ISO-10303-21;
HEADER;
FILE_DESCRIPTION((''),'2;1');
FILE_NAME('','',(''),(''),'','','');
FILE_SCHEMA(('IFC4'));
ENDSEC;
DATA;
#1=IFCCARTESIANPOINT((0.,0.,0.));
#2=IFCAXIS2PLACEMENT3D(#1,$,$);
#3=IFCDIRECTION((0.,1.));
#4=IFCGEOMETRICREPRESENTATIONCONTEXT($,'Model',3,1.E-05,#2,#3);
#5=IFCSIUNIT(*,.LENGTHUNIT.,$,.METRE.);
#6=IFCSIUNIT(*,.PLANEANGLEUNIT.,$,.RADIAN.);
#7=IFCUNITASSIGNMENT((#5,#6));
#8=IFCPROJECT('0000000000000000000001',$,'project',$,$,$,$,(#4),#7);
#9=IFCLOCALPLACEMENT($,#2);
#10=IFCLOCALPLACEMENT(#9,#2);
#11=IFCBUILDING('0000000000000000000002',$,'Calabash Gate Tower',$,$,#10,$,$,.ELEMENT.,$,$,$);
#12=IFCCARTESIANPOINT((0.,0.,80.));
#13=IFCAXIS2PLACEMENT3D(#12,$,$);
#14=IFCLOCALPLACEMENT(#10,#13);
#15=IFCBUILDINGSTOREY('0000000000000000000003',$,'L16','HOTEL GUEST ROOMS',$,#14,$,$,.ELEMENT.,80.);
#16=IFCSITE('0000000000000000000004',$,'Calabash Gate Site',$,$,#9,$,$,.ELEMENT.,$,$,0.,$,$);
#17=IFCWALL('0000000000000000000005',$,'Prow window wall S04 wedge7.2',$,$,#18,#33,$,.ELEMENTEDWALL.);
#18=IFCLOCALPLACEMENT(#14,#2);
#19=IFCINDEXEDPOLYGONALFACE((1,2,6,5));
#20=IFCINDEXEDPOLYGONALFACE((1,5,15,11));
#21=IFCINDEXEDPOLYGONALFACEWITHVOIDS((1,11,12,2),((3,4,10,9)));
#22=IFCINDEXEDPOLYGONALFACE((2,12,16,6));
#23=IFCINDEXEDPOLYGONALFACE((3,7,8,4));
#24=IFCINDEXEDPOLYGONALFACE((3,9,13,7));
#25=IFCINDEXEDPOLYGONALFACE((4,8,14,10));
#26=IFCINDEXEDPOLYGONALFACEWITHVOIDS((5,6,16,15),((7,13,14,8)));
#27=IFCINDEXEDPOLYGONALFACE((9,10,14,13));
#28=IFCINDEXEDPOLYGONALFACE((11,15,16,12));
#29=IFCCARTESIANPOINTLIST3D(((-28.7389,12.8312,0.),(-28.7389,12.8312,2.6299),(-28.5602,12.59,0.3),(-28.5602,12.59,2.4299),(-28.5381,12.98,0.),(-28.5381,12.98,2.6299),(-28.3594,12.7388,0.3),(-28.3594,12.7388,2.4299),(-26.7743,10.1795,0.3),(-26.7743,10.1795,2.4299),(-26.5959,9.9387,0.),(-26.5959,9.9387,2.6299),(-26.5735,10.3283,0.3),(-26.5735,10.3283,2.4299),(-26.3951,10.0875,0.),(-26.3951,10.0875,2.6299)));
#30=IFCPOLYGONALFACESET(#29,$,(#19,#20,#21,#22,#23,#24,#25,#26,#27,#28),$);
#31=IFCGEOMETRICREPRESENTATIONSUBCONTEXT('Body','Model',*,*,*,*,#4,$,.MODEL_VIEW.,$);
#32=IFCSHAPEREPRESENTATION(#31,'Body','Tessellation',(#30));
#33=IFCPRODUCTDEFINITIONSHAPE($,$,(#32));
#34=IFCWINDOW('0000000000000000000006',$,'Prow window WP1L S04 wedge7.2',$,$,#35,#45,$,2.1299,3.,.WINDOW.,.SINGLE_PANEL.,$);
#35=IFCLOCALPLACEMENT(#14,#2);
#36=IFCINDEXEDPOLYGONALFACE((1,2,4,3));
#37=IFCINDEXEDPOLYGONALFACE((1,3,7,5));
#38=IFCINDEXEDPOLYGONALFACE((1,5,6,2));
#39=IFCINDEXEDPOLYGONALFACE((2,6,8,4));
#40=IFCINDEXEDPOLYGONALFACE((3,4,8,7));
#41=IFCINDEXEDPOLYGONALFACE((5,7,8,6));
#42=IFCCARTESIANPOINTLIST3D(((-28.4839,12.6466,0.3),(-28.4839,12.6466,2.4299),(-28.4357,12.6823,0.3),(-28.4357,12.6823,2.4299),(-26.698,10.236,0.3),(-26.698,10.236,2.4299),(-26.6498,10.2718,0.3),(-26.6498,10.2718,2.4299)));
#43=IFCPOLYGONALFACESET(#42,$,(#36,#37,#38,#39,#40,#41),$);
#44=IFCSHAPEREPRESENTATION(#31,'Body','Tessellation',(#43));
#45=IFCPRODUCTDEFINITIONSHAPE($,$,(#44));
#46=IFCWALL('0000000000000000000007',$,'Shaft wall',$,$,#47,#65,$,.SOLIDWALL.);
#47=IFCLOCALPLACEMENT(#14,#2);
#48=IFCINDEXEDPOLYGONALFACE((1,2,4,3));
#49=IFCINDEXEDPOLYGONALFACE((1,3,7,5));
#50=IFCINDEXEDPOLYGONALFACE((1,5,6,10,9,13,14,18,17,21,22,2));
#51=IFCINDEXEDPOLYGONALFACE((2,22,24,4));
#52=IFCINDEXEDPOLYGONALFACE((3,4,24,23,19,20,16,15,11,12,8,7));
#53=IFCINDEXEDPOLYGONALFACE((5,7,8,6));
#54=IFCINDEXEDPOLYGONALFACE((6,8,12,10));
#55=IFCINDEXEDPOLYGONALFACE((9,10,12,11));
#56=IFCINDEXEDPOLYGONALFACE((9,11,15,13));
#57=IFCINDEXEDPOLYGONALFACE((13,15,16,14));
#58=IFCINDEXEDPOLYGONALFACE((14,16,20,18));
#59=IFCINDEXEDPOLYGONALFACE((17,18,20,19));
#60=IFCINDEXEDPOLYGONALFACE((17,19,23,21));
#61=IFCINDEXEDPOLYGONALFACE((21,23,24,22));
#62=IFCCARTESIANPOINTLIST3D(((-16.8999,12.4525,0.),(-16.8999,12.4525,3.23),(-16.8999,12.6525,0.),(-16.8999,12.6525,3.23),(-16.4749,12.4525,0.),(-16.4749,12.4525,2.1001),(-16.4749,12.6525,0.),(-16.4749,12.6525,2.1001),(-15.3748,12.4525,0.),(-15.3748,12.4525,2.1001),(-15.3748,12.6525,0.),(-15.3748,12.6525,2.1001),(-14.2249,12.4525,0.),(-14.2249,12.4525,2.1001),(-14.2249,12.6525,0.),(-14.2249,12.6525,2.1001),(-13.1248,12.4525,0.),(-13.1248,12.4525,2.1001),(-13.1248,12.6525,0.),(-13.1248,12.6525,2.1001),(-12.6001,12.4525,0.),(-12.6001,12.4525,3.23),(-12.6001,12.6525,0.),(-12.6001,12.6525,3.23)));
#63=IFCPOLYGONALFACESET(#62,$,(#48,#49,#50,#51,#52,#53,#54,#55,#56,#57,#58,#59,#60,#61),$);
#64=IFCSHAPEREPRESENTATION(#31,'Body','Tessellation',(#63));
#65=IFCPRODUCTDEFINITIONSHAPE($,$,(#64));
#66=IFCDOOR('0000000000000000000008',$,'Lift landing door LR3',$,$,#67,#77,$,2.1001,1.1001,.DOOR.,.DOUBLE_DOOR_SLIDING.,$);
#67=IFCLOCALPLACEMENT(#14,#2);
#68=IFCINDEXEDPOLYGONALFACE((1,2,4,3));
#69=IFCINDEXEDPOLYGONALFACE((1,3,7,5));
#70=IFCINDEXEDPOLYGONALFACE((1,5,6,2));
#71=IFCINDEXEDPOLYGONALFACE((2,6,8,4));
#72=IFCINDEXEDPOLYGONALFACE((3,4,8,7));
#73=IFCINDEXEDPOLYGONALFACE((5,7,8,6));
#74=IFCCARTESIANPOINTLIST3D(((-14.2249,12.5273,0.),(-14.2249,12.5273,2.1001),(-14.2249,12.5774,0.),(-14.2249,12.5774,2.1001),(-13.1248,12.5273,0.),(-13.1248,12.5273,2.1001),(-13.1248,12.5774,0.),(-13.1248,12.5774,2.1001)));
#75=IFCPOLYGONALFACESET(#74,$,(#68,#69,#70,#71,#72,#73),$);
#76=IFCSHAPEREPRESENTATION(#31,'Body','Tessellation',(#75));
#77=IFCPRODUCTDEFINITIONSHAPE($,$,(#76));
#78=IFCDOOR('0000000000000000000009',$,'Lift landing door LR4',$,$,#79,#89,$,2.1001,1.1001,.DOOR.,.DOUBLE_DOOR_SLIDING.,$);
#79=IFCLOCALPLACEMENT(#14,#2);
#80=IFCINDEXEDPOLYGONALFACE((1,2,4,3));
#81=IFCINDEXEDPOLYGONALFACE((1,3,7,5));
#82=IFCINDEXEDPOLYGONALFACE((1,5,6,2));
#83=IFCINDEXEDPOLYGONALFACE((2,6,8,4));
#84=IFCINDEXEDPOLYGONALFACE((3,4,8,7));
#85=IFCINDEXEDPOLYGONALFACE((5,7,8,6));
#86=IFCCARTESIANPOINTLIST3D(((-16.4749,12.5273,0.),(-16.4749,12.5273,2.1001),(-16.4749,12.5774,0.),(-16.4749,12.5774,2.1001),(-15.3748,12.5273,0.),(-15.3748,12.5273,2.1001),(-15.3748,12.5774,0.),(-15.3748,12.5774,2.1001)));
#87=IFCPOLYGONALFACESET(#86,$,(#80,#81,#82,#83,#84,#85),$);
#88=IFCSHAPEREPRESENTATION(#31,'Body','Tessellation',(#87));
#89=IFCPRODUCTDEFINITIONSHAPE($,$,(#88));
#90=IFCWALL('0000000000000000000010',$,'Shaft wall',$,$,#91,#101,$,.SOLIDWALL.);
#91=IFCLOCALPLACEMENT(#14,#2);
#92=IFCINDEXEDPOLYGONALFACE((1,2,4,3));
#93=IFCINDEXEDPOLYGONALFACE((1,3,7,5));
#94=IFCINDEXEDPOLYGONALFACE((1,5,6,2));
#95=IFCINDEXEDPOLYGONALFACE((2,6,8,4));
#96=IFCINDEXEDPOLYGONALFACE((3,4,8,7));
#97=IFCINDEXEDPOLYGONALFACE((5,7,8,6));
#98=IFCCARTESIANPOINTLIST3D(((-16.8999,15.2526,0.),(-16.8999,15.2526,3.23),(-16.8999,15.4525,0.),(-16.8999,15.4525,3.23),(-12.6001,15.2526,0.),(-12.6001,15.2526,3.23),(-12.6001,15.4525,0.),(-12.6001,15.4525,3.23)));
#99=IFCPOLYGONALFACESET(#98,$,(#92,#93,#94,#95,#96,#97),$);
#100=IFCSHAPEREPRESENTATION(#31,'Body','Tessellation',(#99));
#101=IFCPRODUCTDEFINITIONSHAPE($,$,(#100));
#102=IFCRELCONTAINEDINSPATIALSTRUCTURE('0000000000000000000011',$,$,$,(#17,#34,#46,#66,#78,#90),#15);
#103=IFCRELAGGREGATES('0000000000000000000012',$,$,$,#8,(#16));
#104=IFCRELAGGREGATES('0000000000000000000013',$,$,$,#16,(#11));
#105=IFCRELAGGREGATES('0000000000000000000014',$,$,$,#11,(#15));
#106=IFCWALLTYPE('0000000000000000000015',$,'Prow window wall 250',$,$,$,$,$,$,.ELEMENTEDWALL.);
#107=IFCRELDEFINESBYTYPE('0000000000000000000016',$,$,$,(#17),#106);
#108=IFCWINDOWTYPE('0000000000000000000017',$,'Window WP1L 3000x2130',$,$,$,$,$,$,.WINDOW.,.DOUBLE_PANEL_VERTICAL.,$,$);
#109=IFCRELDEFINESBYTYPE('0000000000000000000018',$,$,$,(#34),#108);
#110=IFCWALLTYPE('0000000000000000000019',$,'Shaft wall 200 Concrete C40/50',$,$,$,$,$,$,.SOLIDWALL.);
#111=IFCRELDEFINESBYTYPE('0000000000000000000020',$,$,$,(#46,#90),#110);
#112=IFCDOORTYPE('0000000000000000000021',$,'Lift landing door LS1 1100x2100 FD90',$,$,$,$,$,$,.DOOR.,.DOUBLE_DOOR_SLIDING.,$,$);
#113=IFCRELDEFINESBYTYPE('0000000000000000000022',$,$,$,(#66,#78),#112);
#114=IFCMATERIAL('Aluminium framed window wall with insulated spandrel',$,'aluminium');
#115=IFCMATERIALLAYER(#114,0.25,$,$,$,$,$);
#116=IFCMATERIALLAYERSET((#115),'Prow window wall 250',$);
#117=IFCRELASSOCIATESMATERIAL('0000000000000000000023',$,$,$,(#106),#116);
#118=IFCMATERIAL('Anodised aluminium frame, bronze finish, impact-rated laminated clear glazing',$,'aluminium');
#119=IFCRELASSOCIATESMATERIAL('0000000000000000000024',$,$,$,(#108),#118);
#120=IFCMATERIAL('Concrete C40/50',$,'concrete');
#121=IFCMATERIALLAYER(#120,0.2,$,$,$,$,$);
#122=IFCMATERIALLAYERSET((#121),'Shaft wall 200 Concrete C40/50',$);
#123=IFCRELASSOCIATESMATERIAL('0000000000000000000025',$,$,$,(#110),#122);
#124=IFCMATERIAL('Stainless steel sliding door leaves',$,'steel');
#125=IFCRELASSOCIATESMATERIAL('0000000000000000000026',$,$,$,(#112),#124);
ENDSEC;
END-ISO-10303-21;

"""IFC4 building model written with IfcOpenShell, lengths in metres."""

from ifc_helpers import new_model, si_unit, direction, frame, frame_2d, origin, place, context, subcontext, project, spatial, rectangle, extrude, material, layer, layer_set, type_object, element, fill, save


model = new_model("IFC4")

# Units and contexts
model_context = context("Model", 3, precision=1e-05, world=origin(), true_north=direction((0.0, 1.0)))
body_context = subcontext(model_context, "Body", "Model", "MODEL_VIEW")
ifc_project = project(units=[si_unit("LENGTHUNIT", "METRE"), si_unit("PLANEANGLEUNIT", "RADIAN")], contexts=[model_context])

# Site, building, storey
site_placement = place(None, origin())
site = spatial("IfcSite", under=ifc_project, at=site_placement, Name="Calabash Gate Site", CompositionType="ELEMENT", RefElevation=0.0)
building_placement = place(site_placement, origin())
building = spatial("IfcBuilding", under=site, at=building_placement, Name="Calabash Gate Tower", CompositionType="ELEMENT")
storey_placement = place(building_placement, frame((0.0, 0.0, 80.0)))
storey = spatial("IfcBuildingStorey", under=building, at=storey_placement, Name="L16", Description="HOTEL GUEST ROOMS", CompositionType="ELEMENT", Elevation=80.0)

# Wall, opening, window
ifc_material_1 = material(Name="Aluminium framed window wall with insulated spandrel", Category="aluminium")
ifc_layer_1 = layer(ifc_material_1, 0.25)
ifc_layer_set_1 = layer_set([ifc_layer_1], Name="Prow window wall 250")
wall_type_1 = type_object("IfcWallType", Name="Prow window wall 250", PredefinedType="ELEMENTEDWALL", material=ifc_layer_set_1)
ifc_material_2 = material(Name="Anodised aluminium frame, bronze finish, impact-rated laminated clear glazing", Category="aluminium")
window_type = type_object("IfcWindowType", Name="Window WP1L 3000x2130", PartitioningType="DOUBLE_PANEL_VERTICAL", PredefinedType="WINDOW", material=ifc_material_2)
wall_1_placement = place(storey_placement, frame((-28.6384, 12.9055, 0.0), z_axis=(0.0, 0.0, 1.0), x_axis=(0.595302, -0.803502, 0.0)))
wall_1 = element("IfcWall", 1, at=wall_1_placement, inside=storey, type_object=wall_type_1, Name="Prow window wall S04 wedge7.2", PredefinedType="ELEMENTEDWALL", context=body_context, shape_type="SweptSolid", body=[
    extrude(rectangle(XDim=3.5999, YDim=0.25, at=frame_2d((1.7998, 0.0))), origin(), (0.0, 0.0, 1.0), 2.6299),
])
opening_1_placement = place(wall_1_placement, frame((0.3, 0.0, 0.3)))
opening_1 = element("IfcOpeningElement", 2, at=opening_1_placement, cuts=wall_1, PredefinedType="OPENING", context=body_context, shape_type="SweptSolid", body=[
    extrude(rectangle(XDim=3.0, YDim=2.1299, at=frame_2d((1.5, 1.0649))), frame((0.0, 0.135, 0.0), z_axis=(0.0, -1.0, 0.0), x_axis=(1.0, 0.0, 0.0)), (0.0, 0.0, 1.0), 0.27),
])
window_1_placement = place(opening_1_placement, origin())
window_1 = element("IfcWindow", 3, at=window_1_placement, inside=storey, type_object=window_type, Name="Prow window WP1L S04 wedge7.2", OverallHeight=2.1299, OverallWidth=3.0, PartitioningType="SINGLE_PANEL", PredefinedType="WINDOW", context=body_context, shape_type="SweptSolid", body=[
    extrude(rectangle(XDim=3.0, YDim=2.1299, at=frame_2d((1.5, 1.0649))), frame((0.0, 0.03, 0.0), z_axis=(0.0, -1.0, 0.0), x_axis=(1.0, 0.0, 0.0)), (0.0, 0.0, 1.0), 0.0601),
])
fill(opening_1, window_1)

# Wall, openings, doors
ifc_material_3 = material(Name="Concrete C40/50", Category="concrete")
ifc_layer_2 = layer(ifc_material_3, 0.2)
ifc_layer_set_2 = layer_set([ifc_layer_2], Name="Shaft wall 200 Concrete C40/50")
wall_type_2 = type_object("IfcWallType", Name="Shaft wall 200 Concrete C40/50", PredefinedType="SOLIDWALL", material=ifc_layer_set_2)
wall_2_placement = place(storey_placement, frame((-16.8999, 12.5525, 0.0), z_axis=(0.0, 0.0, 1.0), x_axis=(1.0, 0.0, 0.0)))
wall_2 = element("IfcWall", 4, at=wall_2_placement, inside=storey, type_object=wall_type_2, Name="Shaft wall", PredefinedType="SOLIDWALL", context=body_context, shape_type="SweptSolid", body=[
    extrude(rectangle(XDim=4.2998, YDim=0.2, at=frame_2d((2.1499, 0.0))), origin(), (0.0, 0.0, 1.0), 3.23),
])
opening_2_placement = place(wall_2_placement, frame((2.675, 0.0, 0.0)))
opening_2 = element("IfcOpeningElement", 5, at=opening_2_placement, cuts=wall_2, PredefinedType="OPENING", context=body_context, shape_type="SweptSolid", body=[
    extrude(rectangle(XDim=1.1001, YDim=2.1001, at=frame_2d((0.55, 1.05))), frame((0.0, 0.1099, 0.0), z_axis=(0.0, -1.0, 0.0), x_axis=(1.0, 0.0, 0.0)), (0.0, 0.0, 1.0), 0.22),
])
opening_3_placement = place(wall_2_placement, frame((0.425, 0.0, 0.0)))
opening_3 = element("IfcOpeningElement", 6, at=opening_3_placement, cuts=wall_2, PredefinedType="OPENING", context=body_context, shape_type="SweptSolid", body=[
    extrude(rectangle(XDim=1.1001, YDim=2.1001, at=frame_2d((0.55, 1.05))), frame((0.0, 0.1099, 0.0), z_axis=(0.0, -1.0, 0.0), x_axis=(1.0, 0.0, 0.0)), (0.0, 0.0, 1.0), 0.22),
])
ifc_material_4 = material(Name="Stainless steel sliding door leaves", Category="steel")
door_type = type_object("IfcDoorType", Name="Lift landing door LS1 1100x2100 FD90", OperationType="DOUBLE_DOOR_SLIDING", PredefinedType="DOOR", material=ifc_material_4)
door_1_placement = place(opening_2_placement, origin())
door_1 = element("IfcDoor", 7, at=door_1_placement, inside=storey, type_object=door_type, Name="Lift landing door LR3", OperationType="DOUBLE_DOOR_SLIDING", OverallHeight=2.1001, OverallWidth=1.1001, PredefinedType="DOOR", context=body_context, shape_type="SweptSolid", body=[
    extrude(rectangle(XDim=1.1001, YDim=2.1001, at=frame_2d((0.55, 1.05))), frame((0.0, 0.0249, 0.0), z_axis=(0.0, -1.0, 0.0), x_axis=(1.0, 0.0, 0.0)), (0.0, 0.0, 1.0), 0.05),
])
fill(opening_2, door_1)
door_2_placement = place(opening_3_placement, origin())
door_2 = element("IfcDoor", 8, at=door_2_placement, inside=storey, type_object=door_type, Name="Lift landing door LR4", OperationType="DOUBLE_DOOR_SLIDING", OverallHeight=2.1001, OverallWidth=1.1001, PredefinedType="DOOR", context=body_context, shape_type="SweptSolid", body=[
    extrude(rectangle(XDim=1.1001, YDim=2.1001, at=frame_2d((0.55, 1.05))), frame((0.0, 0.0249, 0.0), z_axis=(0.0, -1.0, 0.0), x_axis=(1.0, 0.0, 0.0)), (0.0, 0.0, 1.0), 0.05),
])
fill(opening_3, door_2)

# Wall
wall_3_placement = place(storey_placement, frame((-16.8999, 15.3525, 0.0), z_axis=(0.0, 0.0, 1.0), x_axis=(1.0, 0.0, 0.0)))
element("IfcWall", 9, at=wall_3_placement, inside=storey, type_object=wall_type_2, Name="Shaft wall", PredefinedType="SOLIDWALL", context=body_context, shape_type="SweptSolid", body=[
    extrude(rectangle(XDim=4.2998, YDim=0.2, at=frame_2d((2.1499, 0.0))), origin(), (0.0, 0.0, 1.0), 3.23),
])

save(model, "model.ifc")
